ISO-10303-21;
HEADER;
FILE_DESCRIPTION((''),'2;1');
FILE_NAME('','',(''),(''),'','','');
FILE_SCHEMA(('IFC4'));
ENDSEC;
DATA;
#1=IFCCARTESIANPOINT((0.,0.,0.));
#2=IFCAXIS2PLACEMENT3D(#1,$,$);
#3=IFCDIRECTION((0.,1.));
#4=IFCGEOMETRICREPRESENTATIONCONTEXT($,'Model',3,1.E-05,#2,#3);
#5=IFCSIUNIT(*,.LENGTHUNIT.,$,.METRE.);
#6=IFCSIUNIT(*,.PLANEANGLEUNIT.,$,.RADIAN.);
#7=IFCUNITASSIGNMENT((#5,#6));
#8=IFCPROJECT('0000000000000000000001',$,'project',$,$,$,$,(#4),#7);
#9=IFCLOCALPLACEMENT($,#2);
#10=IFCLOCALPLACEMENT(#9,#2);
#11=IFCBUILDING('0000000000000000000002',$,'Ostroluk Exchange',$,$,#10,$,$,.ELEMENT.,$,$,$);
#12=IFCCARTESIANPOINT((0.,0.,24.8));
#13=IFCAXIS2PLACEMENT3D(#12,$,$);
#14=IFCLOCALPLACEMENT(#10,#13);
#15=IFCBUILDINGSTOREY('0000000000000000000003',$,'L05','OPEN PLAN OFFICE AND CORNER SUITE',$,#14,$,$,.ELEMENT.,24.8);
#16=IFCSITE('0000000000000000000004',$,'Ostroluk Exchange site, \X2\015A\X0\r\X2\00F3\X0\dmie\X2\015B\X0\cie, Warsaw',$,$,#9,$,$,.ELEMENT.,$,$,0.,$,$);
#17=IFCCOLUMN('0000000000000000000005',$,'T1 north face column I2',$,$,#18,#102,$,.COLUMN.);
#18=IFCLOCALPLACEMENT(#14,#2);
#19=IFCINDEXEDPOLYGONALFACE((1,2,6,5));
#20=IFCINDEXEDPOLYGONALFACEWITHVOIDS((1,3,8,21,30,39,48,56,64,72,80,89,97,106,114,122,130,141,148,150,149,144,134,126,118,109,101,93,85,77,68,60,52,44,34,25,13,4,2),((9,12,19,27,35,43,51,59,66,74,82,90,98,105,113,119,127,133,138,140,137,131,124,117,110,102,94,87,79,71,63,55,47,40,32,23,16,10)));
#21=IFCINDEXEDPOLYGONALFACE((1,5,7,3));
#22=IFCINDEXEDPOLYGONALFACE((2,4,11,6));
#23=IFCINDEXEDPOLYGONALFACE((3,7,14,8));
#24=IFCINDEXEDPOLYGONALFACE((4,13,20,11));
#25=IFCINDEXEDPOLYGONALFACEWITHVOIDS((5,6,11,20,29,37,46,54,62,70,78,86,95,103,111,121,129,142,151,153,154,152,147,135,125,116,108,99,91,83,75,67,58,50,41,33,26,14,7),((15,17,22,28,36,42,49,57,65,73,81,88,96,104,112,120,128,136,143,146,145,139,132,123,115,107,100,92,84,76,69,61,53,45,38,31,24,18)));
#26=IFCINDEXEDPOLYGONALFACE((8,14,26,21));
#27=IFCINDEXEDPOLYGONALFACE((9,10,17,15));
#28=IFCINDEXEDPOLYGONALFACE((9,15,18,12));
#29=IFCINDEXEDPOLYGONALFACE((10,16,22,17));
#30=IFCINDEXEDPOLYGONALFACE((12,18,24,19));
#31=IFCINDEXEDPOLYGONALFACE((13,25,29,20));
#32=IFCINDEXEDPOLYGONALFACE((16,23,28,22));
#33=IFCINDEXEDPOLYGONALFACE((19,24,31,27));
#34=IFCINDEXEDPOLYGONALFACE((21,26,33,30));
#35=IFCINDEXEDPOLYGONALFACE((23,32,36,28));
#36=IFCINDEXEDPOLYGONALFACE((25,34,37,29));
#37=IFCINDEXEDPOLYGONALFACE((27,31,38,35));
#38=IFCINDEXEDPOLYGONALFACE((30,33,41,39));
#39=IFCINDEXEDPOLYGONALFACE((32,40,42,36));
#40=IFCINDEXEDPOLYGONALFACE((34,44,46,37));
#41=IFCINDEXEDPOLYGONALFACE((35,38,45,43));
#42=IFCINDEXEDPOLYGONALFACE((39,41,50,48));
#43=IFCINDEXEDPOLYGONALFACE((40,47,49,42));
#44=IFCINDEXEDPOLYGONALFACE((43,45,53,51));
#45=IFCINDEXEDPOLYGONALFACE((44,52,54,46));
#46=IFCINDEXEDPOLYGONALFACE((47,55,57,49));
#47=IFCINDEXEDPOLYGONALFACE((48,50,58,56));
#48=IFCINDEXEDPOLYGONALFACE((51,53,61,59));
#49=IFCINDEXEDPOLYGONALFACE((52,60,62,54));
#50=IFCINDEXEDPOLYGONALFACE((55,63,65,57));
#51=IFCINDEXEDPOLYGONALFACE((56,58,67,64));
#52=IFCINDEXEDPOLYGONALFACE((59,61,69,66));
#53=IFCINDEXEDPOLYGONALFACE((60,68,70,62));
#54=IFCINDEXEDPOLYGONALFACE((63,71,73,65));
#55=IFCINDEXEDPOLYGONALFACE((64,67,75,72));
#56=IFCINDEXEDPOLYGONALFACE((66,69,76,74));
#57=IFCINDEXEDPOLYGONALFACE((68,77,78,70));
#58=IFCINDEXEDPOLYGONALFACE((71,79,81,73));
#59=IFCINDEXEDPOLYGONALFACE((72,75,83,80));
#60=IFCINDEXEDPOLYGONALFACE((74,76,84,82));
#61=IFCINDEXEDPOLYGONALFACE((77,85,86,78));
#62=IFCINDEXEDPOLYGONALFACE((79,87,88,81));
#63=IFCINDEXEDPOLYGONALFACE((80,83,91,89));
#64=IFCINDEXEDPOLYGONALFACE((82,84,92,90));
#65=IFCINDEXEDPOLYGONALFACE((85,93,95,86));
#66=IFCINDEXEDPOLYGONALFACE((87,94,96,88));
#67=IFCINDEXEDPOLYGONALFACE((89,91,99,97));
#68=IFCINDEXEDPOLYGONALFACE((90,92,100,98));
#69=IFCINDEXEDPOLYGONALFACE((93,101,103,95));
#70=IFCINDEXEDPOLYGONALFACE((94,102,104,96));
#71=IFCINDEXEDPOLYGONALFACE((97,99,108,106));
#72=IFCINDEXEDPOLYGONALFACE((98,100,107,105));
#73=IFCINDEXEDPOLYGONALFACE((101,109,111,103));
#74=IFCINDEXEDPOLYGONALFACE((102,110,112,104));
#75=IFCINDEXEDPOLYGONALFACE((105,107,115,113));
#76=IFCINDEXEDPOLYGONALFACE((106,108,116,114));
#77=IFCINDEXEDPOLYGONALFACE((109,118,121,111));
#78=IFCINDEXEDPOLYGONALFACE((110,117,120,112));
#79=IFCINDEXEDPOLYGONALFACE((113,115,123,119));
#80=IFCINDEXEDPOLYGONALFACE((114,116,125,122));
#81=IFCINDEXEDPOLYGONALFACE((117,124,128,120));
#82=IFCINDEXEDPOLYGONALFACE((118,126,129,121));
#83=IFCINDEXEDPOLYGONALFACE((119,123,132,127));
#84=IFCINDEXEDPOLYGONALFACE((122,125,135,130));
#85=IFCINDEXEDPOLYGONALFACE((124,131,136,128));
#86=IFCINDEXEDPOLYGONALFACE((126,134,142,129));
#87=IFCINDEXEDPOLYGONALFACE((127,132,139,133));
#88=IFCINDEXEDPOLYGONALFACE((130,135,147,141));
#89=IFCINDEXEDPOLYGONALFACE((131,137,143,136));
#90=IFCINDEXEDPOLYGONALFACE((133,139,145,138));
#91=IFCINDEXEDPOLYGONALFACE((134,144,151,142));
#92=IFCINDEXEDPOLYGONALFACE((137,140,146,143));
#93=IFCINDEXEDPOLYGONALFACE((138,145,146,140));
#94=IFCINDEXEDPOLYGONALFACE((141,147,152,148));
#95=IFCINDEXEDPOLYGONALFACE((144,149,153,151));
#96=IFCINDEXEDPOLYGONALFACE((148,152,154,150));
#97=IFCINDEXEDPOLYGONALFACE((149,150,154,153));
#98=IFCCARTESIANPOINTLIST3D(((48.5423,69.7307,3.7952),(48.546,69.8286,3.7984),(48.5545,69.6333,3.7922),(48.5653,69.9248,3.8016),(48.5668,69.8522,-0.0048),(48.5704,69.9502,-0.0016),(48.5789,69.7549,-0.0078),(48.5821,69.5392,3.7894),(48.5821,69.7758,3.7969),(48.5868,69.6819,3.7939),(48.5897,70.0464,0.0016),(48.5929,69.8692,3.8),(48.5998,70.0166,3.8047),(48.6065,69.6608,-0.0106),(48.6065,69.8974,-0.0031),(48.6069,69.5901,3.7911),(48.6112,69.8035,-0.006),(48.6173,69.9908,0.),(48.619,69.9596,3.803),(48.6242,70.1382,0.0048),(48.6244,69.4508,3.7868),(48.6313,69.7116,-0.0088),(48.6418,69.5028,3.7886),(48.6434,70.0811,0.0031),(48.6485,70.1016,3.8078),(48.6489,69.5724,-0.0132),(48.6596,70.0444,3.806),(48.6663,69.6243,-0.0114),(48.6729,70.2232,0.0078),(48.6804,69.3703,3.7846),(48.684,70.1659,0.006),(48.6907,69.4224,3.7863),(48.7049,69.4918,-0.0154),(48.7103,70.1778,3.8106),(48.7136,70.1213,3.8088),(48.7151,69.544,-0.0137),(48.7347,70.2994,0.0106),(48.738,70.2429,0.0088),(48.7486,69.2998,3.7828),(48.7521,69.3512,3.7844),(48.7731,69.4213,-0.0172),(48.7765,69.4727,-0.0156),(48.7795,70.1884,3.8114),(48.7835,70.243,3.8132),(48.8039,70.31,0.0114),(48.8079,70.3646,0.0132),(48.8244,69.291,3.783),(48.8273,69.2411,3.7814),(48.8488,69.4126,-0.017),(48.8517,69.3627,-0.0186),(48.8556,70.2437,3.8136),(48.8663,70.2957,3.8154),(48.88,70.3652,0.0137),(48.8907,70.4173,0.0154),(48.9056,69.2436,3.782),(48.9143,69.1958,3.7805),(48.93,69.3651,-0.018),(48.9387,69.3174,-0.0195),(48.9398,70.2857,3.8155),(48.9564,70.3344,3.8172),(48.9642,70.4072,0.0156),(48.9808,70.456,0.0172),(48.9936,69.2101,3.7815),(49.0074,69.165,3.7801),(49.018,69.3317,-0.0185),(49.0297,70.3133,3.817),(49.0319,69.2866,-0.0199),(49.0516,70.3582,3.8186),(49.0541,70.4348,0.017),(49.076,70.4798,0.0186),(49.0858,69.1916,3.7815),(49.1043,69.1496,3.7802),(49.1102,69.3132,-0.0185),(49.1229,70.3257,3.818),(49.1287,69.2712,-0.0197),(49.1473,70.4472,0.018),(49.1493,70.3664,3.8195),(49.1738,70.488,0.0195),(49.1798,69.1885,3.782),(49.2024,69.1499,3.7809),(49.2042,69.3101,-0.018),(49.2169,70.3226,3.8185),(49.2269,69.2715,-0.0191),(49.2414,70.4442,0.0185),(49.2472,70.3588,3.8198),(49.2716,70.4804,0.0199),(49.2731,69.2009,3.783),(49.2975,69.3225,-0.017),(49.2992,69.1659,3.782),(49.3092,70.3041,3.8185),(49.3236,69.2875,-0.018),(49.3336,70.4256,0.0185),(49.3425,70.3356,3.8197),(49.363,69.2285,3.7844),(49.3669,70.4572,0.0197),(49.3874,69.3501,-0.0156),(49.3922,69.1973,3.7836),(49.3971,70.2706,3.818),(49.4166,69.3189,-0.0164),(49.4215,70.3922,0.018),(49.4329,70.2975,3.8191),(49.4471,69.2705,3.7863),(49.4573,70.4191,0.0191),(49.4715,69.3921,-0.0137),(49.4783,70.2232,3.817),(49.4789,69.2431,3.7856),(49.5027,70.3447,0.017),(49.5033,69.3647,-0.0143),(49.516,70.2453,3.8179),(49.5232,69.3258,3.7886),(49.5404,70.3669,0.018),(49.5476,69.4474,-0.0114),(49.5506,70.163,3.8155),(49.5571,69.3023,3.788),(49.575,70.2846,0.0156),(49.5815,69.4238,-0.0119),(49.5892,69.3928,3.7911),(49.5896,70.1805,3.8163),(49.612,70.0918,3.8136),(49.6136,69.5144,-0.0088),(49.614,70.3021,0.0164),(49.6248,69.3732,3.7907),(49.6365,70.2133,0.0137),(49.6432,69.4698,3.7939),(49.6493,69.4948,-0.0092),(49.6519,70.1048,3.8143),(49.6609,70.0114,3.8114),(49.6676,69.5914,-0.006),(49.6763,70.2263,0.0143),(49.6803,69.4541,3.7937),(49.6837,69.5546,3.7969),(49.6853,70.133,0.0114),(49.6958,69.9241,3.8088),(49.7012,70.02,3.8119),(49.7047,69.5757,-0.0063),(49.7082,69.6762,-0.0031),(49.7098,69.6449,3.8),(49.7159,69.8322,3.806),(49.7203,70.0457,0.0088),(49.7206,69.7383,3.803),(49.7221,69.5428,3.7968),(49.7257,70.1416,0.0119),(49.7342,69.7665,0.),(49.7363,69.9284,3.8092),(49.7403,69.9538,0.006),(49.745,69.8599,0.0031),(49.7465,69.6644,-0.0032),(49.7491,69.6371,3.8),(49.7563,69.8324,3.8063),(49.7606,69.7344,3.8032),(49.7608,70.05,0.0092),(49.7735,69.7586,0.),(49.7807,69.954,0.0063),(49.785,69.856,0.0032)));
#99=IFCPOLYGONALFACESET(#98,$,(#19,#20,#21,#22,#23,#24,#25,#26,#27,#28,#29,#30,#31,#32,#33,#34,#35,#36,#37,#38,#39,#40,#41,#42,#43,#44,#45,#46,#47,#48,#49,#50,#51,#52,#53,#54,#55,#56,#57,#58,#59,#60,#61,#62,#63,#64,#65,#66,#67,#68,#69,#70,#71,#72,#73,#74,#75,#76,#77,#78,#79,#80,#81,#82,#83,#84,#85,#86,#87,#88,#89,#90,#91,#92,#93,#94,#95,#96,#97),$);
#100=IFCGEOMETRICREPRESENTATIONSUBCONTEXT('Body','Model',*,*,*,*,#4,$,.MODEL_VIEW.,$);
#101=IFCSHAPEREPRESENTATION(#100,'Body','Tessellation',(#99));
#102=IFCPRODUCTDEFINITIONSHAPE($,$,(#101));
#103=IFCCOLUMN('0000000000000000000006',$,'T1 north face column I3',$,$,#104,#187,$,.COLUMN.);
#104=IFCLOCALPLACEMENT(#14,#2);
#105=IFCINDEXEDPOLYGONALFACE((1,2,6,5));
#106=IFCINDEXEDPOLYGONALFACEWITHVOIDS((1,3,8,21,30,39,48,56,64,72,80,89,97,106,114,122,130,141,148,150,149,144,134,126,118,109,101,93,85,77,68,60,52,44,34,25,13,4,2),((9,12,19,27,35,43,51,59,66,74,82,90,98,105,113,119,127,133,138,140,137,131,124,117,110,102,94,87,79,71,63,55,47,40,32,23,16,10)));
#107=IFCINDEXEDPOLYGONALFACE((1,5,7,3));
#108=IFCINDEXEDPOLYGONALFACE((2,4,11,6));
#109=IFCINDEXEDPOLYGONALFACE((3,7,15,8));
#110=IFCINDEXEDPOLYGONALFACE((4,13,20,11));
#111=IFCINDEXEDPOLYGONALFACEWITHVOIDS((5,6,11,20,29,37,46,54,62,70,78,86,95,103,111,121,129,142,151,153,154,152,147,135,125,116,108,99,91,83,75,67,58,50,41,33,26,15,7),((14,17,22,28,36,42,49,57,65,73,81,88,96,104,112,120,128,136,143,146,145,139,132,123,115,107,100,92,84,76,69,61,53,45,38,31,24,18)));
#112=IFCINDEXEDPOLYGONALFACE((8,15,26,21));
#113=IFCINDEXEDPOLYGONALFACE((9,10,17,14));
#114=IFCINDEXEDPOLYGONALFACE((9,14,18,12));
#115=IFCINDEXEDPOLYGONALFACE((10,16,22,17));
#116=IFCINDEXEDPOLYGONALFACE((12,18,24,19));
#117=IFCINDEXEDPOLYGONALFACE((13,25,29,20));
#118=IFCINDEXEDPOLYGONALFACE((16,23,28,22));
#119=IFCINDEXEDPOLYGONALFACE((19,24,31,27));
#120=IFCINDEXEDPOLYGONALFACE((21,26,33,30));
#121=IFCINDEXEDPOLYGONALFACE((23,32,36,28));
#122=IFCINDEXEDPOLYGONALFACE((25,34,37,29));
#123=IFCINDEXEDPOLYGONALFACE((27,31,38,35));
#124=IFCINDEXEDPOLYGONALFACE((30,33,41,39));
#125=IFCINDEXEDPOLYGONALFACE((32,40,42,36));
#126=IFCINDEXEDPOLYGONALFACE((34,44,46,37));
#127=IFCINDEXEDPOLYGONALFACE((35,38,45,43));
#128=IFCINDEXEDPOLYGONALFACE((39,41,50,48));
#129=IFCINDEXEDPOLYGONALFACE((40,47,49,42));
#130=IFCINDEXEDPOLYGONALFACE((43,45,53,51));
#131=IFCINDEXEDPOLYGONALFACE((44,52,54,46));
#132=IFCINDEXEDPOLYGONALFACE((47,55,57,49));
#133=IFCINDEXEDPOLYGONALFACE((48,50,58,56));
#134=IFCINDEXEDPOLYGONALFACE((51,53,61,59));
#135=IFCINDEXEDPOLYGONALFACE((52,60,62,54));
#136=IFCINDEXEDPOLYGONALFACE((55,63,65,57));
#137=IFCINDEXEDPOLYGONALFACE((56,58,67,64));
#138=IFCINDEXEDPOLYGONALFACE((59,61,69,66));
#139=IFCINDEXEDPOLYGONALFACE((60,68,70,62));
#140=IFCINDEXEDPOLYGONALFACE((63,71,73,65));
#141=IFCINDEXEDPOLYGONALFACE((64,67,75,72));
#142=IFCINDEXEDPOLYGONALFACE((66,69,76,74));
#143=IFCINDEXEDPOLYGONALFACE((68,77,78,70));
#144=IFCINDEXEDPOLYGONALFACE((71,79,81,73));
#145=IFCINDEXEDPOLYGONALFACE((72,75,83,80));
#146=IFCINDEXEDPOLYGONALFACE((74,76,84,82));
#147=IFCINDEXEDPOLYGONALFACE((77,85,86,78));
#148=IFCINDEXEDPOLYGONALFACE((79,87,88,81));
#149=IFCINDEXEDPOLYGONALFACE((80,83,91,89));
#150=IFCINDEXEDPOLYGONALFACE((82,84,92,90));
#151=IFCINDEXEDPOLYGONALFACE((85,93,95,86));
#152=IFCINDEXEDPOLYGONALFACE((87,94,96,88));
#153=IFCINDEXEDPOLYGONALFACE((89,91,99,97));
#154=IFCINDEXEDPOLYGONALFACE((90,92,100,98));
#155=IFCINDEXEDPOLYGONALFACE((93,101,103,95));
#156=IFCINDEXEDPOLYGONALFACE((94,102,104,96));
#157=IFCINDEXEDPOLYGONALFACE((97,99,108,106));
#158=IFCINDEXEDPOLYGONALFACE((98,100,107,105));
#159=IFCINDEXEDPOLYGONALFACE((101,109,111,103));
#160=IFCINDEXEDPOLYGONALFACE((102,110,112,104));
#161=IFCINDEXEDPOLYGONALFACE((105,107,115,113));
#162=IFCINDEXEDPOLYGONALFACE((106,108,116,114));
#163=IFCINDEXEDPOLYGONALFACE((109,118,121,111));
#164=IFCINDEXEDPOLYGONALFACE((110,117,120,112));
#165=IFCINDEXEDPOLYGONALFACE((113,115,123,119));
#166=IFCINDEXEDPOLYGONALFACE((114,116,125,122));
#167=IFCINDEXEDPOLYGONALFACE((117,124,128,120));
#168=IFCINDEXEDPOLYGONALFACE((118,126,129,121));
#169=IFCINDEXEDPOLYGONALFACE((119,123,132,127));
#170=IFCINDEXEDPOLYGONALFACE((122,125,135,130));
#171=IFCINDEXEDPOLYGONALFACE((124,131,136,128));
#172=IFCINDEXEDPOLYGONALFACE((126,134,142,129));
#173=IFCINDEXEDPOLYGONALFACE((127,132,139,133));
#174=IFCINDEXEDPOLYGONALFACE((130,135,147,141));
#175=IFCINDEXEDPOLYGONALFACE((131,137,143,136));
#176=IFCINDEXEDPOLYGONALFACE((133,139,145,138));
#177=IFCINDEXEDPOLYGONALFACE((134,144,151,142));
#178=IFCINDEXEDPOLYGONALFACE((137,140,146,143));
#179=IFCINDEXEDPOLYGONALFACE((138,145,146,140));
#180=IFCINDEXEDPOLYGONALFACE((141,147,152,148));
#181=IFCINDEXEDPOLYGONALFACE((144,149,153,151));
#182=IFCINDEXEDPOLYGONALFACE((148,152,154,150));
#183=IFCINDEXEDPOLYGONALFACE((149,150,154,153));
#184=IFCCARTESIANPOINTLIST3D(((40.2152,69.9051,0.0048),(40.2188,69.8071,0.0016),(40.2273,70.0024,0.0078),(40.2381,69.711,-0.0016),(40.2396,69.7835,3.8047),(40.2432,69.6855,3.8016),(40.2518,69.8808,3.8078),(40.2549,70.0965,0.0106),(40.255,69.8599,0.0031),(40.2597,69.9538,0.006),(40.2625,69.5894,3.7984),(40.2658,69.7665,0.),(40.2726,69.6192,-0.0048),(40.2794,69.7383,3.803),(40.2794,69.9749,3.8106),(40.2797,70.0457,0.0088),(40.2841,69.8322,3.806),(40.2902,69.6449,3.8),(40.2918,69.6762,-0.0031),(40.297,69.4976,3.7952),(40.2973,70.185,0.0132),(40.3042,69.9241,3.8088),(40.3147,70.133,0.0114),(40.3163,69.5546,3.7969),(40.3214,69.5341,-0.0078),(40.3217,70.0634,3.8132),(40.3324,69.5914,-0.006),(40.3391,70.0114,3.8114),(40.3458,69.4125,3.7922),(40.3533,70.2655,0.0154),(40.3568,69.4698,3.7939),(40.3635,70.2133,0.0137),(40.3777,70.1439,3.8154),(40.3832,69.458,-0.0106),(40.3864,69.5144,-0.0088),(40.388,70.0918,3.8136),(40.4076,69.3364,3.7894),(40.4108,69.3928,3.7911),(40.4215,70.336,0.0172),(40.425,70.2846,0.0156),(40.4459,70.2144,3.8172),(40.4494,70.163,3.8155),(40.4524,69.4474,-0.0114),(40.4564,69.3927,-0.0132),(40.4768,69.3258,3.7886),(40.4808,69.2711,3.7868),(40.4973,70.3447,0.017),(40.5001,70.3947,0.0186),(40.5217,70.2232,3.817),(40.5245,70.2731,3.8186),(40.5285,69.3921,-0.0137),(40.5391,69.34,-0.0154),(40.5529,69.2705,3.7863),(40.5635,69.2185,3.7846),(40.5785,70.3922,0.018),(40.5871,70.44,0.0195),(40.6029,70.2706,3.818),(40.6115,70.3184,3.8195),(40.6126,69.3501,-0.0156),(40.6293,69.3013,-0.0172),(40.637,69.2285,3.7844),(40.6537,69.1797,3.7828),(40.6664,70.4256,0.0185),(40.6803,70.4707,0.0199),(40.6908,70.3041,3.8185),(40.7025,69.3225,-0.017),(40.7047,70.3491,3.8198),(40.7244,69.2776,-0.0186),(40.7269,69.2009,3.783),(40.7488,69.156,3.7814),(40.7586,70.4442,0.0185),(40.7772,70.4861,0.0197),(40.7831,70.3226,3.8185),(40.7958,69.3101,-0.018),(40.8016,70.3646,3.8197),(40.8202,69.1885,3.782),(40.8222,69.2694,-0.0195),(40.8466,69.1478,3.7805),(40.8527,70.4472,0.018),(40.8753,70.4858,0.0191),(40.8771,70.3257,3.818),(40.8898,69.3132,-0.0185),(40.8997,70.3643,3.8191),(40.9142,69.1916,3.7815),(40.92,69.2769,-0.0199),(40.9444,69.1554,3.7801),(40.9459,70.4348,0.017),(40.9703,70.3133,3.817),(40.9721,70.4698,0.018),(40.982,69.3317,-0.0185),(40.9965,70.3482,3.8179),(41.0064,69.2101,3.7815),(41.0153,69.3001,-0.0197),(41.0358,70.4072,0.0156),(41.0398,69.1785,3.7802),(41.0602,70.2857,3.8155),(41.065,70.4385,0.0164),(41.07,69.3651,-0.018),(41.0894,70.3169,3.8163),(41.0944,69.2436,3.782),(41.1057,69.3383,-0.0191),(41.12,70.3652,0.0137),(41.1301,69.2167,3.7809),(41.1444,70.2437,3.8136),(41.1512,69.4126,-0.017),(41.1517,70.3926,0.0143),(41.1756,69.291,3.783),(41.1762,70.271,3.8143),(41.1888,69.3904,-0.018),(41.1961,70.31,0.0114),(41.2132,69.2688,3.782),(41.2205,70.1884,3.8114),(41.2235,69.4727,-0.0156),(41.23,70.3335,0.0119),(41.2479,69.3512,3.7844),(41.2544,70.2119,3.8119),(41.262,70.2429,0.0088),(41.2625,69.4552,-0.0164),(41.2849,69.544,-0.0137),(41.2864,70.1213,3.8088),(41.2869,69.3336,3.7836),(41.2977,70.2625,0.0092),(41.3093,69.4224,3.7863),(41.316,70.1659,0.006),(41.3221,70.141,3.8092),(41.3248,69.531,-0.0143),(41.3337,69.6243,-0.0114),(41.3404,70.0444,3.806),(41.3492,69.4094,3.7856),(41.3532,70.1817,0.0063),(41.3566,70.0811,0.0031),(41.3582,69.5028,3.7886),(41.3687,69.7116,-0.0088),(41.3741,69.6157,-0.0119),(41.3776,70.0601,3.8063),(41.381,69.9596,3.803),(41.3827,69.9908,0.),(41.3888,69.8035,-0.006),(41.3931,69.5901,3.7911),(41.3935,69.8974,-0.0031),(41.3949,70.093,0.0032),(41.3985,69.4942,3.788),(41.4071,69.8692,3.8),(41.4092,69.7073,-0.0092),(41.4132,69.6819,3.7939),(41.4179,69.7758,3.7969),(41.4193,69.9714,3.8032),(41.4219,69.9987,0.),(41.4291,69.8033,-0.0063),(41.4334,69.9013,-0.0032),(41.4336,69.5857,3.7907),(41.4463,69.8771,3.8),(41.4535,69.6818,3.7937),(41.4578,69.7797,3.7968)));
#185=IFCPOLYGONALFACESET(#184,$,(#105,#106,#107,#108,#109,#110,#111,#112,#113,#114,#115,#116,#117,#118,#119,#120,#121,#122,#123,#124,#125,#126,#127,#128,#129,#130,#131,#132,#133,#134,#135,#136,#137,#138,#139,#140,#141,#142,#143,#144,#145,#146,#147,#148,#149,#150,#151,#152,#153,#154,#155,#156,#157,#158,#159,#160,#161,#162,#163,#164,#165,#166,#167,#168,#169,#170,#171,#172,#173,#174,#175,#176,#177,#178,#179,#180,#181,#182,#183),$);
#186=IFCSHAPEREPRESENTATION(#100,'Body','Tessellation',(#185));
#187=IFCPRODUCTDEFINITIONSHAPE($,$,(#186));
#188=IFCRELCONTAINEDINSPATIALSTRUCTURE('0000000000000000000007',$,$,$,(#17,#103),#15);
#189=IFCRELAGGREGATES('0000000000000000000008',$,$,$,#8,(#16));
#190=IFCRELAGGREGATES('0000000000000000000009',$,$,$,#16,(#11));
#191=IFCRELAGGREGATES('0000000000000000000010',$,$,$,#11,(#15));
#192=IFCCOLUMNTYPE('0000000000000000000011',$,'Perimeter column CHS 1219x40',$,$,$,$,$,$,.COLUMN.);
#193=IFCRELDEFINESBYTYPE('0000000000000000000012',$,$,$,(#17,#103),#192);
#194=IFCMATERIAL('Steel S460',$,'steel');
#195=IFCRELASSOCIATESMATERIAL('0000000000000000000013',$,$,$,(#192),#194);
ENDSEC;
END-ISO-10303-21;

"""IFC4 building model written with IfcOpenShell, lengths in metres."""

from ifc_helpers import new_model, si_unit, direction, frame, origin, origin_2d, place, context, subcontext, project, spatial, hollow_circle, extrude, material, material_profile, profile_set, type_object, element, save


model = new_model("IFC4")

# Units and contexts
model_context = context("Model", 3, precision=1e-05, world=origin(), true_north=direction((0.0, 1.0)))
body_context = subcontext(model_context, "Body", "Model", "MODEL_VIEW")
ifc_project = project(units=[si_unit("LENGTHUNIT", "METRE"), si_unit("PLANEANGLEUNIT", "RADIAN")], contexts=[model_context])

# Site, building, storey
site_placement = place(None, origin())
site = spatial("IfcSite", under=ifc_project, at=site_placement, Name="Ostroluk Exchange site, Śródmieście, Warsaw", CompositionType="ELEMENT", RefElevation=0.0)
building_placement = place(site_placement, origin())
building = spatial("IfcBuilding", under=site, at=building_placement, Name="Ostroluk Exchange", CompositionType="ELEMENT")
storey_placement = place(building_placement, frame((0.0, 0.0, 24.8)))
storey = spatial("IfcBuildingStorey", under=building, at=storey_placement, Name="L05", Description="OPEN PLAN OFFICE AND CORNER SUITE", CompositionType="ELEMENT", Elevation=24.8)

# Columns
ifc_material_1 = material(Name="Steel S460", Category="steel")
ifc_material_profile_1 = material_profile(ifc_material_1, hollow_circle(Radius=0.6096, WallThickness=0.04, at=origin_2d()), Name="CHS 1219x40")
ifc_profile_set_1 = profile_set([ifc_material_profile_1], Name="Steel S460")
column_type = type_object("IfcColumnType", Name="Perimeter column CHS 1219x40", PredefinedType="COLUMN", material=ifc_profile_set_1)
for number, where, z_axis, x_axis, name in (
    (1, (49.1758, 69.8787, 0.0), (-0.006421, -0.031978, 0.999468), (0.980429, -0.196873, 0.0), "T1 north face column I2"),
    (2, (40.8242, 69.8787, 0.0), (0.006421, -0.031978, 0.999468), (0.980429, 0.196873, 0.0), "T1 north face column I3"),
):
    element("IfcColumn", number, at=place(storey_placement, frame(where, z_axis=z_axis, x_axis=x_axis)), inside=storey, type_object=column_type, Name=name, PredefinedType="COLUMN", context=body_context, shape_type="SweptSolid", body=[
        extrude(hollow_circle(Radius=0.6096, WallThickness=0.04, at=origin_2d()), origin(), (0.0, 0.0, 1.0), 3.802),
    ])

save(model, "model.ifc")
